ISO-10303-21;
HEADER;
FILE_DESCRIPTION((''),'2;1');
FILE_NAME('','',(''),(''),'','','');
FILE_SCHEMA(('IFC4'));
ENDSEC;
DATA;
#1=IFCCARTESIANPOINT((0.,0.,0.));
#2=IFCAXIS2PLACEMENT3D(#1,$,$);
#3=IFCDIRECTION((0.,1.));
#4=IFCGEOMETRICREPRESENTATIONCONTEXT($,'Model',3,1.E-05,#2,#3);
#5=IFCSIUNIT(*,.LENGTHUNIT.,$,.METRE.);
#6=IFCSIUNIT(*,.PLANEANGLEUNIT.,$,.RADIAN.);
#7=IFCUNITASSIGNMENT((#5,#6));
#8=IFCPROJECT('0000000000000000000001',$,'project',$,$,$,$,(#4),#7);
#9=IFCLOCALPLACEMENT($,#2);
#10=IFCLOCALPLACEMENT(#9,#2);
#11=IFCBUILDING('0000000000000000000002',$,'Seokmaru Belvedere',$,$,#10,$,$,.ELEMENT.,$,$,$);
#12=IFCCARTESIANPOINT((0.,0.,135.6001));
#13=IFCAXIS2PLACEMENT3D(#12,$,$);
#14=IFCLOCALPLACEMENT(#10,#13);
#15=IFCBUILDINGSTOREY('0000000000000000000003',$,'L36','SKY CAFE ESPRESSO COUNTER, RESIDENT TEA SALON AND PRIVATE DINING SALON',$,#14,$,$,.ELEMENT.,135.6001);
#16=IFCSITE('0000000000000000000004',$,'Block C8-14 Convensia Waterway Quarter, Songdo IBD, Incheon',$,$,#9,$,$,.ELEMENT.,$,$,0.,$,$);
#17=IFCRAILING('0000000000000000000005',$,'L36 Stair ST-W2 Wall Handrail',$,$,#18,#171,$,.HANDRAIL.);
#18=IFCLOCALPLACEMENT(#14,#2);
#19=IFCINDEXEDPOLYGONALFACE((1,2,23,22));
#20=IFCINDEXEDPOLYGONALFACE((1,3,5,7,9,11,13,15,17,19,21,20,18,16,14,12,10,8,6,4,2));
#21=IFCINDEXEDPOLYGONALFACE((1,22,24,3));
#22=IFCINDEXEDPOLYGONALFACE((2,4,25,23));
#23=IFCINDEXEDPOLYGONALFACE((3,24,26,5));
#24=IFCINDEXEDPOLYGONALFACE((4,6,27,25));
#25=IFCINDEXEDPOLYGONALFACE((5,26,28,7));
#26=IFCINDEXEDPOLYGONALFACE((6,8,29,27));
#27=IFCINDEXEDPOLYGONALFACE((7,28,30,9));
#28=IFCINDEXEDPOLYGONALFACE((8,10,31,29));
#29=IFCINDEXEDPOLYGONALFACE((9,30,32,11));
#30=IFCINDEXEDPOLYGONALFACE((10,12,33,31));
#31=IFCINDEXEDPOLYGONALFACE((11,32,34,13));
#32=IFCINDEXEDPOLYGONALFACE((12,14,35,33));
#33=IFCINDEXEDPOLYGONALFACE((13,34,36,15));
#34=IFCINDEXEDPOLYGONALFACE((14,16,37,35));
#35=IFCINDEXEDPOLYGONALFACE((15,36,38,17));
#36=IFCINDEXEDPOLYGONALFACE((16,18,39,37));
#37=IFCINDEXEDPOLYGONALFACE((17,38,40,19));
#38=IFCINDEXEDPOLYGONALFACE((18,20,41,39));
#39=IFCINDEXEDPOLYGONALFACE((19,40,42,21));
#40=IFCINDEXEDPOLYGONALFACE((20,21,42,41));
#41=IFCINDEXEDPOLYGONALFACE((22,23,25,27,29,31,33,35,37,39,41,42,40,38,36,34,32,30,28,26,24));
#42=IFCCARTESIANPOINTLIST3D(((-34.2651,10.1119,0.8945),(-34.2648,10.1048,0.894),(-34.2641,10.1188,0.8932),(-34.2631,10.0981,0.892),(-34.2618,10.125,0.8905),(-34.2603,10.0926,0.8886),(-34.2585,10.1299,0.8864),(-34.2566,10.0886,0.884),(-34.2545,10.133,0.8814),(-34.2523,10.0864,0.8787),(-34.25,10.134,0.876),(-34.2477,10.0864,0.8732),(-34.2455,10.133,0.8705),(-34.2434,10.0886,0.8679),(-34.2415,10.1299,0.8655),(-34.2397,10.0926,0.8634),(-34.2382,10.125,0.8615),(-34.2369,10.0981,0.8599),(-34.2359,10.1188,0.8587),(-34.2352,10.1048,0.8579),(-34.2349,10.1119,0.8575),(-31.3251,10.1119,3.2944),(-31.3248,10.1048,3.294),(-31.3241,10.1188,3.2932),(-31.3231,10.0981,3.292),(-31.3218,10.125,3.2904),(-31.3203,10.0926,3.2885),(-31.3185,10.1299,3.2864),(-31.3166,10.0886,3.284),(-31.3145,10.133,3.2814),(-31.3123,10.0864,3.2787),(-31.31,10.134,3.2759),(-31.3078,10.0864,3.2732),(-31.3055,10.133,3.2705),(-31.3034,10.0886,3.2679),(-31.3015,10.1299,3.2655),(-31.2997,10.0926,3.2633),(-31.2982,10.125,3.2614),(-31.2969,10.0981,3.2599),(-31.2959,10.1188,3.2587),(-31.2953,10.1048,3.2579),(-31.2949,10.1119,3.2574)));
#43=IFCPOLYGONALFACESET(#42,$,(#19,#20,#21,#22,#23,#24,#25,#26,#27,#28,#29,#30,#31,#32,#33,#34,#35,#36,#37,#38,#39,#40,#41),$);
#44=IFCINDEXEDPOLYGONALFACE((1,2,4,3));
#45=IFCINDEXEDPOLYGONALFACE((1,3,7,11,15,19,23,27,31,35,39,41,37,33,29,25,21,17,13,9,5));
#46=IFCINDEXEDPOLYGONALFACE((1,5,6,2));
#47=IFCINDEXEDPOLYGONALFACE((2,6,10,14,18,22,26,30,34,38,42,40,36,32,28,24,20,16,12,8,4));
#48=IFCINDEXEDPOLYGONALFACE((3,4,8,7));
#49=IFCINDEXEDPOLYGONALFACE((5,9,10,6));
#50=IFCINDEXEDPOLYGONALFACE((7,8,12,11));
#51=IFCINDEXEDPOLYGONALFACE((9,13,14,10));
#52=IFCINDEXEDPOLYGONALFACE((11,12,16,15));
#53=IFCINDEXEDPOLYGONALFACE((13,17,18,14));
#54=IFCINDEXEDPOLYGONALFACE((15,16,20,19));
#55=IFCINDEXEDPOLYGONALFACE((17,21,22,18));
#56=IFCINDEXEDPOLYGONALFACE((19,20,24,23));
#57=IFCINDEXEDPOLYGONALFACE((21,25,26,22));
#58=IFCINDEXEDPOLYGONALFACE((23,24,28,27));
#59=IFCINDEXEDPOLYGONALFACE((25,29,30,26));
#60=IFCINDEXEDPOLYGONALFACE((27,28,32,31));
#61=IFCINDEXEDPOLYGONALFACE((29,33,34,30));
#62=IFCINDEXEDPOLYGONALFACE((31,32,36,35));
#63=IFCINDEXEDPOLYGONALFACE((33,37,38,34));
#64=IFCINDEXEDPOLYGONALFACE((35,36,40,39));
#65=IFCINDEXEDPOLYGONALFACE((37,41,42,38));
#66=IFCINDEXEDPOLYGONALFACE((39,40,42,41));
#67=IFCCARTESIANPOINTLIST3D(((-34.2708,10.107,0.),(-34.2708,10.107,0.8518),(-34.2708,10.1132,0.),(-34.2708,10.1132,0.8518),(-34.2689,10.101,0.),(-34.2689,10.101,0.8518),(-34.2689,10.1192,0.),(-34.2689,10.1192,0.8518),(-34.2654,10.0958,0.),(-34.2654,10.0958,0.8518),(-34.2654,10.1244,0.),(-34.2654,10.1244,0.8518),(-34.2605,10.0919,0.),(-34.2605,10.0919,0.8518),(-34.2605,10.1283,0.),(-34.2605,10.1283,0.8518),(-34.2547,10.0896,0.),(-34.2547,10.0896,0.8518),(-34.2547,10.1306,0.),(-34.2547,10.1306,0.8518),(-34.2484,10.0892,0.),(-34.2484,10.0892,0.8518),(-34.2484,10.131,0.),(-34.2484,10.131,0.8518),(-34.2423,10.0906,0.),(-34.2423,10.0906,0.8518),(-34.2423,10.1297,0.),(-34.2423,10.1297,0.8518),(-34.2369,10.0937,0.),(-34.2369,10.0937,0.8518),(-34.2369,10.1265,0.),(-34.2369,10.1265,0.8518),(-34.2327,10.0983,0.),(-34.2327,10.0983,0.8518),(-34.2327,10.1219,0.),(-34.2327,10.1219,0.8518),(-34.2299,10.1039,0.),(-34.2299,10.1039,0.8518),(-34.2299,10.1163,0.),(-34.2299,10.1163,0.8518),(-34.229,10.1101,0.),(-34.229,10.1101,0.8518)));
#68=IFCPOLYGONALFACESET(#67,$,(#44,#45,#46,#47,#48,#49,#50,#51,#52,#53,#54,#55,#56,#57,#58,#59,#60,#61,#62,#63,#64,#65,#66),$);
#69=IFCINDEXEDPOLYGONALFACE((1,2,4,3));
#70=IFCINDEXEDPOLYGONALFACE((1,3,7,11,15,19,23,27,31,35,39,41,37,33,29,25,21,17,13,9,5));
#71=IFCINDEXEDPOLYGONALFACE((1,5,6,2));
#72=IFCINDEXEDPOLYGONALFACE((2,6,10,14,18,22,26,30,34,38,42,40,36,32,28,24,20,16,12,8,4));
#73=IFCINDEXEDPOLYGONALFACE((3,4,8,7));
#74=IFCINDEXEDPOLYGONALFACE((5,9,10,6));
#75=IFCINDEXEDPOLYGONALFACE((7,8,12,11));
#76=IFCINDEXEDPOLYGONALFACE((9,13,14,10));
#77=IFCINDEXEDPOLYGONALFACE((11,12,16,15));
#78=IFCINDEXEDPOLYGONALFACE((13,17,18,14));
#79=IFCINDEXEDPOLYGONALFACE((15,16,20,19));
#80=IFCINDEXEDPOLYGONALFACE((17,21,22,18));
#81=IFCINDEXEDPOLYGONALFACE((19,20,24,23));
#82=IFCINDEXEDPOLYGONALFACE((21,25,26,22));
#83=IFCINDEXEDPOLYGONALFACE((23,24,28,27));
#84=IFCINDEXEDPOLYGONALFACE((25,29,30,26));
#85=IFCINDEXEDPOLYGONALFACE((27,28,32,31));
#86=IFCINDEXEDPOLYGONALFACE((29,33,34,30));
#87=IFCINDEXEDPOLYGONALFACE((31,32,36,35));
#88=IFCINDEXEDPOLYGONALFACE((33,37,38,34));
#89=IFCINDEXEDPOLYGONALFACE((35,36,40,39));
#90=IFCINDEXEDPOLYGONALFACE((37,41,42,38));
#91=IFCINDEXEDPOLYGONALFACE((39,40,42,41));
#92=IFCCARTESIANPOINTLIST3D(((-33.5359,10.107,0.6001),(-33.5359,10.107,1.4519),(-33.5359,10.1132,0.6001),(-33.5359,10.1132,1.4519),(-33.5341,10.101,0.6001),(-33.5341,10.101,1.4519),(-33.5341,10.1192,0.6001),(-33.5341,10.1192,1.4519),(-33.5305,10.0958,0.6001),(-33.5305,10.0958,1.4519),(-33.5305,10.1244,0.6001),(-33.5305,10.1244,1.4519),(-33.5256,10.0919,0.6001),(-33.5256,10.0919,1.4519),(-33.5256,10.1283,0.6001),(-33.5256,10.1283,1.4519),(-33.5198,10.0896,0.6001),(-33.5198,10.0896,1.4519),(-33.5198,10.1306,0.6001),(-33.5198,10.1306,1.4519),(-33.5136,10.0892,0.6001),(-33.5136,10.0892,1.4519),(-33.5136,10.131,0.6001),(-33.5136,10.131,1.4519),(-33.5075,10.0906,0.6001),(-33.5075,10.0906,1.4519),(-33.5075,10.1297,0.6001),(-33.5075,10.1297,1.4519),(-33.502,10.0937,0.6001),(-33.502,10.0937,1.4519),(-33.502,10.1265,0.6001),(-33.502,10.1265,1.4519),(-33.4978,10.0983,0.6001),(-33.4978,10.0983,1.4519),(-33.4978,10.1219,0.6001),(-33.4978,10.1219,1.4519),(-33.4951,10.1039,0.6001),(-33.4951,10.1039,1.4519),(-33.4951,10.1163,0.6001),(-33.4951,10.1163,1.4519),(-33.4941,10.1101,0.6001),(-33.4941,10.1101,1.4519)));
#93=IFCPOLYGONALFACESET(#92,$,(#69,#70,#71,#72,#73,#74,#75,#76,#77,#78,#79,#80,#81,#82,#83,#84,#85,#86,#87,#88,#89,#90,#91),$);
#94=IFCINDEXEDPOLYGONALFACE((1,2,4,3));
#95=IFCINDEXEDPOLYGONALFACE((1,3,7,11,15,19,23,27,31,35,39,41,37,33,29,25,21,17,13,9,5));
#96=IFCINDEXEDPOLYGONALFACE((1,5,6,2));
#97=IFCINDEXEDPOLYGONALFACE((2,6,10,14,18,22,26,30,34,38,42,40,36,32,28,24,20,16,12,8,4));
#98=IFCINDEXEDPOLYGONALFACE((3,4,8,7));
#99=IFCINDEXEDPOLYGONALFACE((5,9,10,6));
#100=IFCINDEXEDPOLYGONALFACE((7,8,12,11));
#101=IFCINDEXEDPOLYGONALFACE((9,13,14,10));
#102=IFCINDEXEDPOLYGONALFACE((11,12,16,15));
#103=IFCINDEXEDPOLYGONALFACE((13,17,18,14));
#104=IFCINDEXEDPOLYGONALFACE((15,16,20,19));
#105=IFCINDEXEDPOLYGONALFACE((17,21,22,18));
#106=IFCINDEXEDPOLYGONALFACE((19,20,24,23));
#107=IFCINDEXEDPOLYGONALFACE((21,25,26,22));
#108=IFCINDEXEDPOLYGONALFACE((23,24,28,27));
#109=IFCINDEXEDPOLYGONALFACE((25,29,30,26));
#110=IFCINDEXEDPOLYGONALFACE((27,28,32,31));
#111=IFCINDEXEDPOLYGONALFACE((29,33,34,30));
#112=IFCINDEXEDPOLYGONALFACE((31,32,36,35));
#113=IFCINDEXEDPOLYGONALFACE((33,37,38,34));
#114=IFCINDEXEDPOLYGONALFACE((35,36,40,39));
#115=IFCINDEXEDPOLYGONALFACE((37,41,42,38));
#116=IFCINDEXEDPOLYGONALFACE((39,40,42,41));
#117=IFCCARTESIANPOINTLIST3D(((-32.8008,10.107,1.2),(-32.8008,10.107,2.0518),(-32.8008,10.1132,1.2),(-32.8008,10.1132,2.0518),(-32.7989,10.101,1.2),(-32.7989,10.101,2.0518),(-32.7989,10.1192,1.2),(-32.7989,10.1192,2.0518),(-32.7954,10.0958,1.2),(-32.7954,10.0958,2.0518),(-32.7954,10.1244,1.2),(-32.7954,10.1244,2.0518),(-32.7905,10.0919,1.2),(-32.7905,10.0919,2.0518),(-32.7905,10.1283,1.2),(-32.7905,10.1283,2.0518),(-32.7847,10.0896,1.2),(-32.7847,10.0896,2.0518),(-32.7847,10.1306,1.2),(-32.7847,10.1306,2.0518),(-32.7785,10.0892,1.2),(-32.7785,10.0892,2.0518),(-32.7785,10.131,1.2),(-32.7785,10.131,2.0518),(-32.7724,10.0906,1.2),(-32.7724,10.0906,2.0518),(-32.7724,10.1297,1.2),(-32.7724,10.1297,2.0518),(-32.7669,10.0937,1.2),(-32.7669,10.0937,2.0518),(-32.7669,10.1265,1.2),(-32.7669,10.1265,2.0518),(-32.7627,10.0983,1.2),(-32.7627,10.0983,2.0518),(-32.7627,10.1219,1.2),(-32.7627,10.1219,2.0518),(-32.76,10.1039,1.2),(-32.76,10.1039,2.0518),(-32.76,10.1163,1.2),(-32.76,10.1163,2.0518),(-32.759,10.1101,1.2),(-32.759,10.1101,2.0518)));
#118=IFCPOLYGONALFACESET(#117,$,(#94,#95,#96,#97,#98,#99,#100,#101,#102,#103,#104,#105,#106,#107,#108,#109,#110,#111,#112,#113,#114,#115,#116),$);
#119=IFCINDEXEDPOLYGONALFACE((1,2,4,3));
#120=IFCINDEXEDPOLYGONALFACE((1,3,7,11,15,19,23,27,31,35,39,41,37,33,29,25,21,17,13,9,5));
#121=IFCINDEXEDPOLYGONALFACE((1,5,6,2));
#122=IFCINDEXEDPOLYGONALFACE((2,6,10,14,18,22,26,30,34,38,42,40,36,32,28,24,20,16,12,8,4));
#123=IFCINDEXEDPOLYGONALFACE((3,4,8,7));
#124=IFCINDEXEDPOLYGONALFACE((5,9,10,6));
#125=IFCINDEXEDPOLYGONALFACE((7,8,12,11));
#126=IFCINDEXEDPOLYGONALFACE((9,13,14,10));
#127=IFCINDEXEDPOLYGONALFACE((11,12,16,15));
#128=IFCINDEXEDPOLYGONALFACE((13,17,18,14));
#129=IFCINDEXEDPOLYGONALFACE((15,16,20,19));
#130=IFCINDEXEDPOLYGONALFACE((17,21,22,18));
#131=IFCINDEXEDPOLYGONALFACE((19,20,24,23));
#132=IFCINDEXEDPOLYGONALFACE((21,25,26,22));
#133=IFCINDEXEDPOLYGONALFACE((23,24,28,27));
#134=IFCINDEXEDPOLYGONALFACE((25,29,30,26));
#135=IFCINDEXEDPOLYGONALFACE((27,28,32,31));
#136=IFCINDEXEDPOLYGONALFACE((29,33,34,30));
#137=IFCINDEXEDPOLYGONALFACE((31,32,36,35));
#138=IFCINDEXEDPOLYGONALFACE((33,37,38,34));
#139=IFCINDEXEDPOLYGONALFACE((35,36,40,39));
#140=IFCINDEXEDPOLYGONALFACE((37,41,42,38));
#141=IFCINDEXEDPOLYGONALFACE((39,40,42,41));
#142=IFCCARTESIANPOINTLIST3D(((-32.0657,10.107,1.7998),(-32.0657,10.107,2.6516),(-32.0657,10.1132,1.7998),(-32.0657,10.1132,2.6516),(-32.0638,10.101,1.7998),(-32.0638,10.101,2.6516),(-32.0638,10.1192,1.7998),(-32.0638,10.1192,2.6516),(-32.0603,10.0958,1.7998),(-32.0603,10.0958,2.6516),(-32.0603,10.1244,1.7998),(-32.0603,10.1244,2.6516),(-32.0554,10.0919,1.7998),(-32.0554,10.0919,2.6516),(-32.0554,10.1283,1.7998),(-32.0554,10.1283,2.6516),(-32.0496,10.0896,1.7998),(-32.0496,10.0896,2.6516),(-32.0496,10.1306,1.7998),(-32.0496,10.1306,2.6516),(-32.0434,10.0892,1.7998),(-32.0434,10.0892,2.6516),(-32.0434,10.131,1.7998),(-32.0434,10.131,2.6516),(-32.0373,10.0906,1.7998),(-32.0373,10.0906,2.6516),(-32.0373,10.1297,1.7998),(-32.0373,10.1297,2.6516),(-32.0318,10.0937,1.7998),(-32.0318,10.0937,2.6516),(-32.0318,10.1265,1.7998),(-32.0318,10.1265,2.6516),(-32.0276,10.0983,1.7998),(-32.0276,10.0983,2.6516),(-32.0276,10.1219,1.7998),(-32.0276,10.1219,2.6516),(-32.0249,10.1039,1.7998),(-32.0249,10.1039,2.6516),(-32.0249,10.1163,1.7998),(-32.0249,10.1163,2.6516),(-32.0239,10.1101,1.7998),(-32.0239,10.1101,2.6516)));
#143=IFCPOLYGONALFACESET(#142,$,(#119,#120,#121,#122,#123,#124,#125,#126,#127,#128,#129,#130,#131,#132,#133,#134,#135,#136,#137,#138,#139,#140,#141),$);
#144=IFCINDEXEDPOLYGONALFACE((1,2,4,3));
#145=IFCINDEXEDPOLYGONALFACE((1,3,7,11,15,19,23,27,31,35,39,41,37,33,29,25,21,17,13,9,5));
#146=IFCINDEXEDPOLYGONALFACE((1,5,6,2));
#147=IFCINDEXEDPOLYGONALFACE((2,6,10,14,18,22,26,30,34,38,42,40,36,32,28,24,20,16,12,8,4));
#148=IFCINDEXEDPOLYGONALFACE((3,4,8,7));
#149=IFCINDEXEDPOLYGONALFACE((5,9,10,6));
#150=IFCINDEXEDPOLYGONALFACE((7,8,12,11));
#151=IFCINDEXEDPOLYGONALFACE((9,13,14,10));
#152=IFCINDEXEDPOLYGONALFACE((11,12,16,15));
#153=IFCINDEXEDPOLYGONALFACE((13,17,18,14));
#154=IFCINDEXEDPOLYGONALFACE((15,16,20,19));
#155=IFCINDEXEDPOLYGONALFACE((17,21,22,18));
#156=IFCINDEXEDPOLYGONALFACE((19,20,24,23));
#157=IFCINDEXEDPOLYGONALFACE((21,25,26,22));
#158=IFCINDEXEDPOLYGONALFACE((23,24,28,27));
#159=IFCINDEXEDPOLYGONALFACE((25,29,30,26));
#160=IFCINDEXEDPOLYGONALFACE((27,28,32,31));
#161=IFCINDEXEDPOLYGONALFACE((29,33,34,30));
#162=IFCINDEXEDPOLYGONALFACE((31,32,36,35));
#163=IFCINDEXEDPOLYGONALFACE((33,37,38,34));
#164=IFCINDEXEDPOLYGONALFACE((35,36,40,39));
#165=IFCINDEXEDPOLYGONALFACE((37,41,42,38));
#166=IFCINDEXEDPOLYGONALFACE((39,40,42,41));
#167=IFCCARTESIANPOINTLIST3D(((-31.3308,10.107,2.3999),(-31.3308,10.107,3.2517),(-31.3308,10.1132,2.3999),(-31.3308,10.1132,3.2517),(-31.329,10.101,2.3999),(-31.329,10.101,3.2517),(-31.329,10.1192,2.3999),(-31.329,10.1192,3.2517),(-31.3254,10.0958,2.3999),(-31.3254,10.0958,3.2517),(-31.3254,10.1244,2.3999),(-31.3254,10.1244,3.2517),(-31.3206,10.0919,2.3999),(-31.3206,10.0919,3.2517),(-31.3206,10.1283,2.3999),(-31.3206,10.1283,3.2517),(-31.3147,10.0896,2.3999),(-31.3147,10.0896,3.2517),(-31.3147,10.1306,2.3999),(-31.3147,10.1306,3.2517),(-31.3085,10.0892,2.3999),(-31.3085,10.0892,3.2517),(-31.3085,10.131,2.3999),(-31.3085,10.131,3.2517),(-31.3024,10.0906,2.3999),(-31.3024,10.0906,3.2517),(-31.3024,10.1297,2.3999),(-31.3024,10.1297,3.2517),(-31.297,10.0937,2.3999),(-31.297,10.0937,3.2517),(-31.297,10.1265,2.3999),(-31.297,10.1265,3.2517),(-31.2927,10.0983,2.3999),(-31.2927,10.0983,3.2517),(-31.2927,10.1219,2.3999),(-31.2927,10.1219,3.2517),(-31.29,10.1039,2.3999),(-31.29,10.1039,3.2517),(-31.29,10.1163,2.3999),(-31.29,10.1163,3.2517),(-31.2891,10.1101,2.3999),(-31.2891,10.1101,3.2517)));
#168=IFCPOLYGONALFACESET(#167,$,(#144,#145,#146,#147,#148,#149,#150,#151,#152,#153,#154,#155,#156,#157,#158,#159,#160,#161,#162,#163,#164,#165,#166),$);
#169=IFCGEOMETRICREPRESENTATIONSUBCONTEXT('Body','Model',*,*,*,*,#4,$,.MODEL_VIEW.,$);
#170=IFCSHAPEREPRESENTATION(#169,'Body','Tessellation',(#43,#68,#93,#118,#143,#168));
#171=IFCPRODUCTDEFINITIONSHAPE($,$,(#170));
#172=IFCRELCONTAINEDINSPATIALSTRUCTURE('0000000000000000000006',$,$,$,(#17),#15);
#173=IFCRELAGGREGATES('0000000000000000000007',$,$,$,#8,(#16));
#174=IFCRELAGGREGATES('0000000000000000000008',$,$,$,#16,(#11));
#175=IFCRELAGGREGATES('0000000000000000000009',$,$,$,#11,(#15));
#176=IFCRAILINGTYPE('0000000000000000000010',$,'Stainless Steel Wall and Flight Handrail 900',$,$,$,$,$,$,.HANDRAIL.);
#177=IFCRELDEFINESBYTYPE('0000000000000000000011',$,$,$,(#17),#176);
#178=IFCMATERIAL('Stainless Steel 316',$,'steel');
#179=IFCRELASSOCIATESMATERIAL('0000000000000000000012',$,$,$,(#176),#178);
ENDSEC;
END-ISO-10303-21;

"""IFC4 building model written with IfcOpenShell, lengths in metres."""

from ifc_helpers import new_model, si_unit, direction, frame, origin, origin_2d, place, context, subcontext, project, spatial, circle, extrude, material, type_object, element, save


model = new_model("IFC4")

# Units and contexts
model_context = context("Model", 3, precision=1e-05, world=origin(), true_north=direction((0.0, 1.0)))
body_context = subcontext(model_context, "Body", "Model", "MODEL_VIEW")
ifc_project = project(units=[si_unit("LENGTHUNIT", "METRE"), si_unit("PLANEANGLEUNIT", "RADIAN")], contexts=[model_context])

# Site, building, storey
site_placement = place(None, origin())
site = spatial("IfcSite", under=ifc_project, at=site_placement, Name="Block C8-14 Convensia Waterway Quarter, Songdo IBD, Incheon", CompositionType="ELEMENT", RefElevation=0.0)
building_placement = place(site_placement, origin())
building = spatial("IfcBuilding", under=site, at=building_placement, Name="Seokmaru Belvedere", CompositionType="ELEMENT")
storey_placement = place(building_placement, frame((0.0, 0.0, 135.6001)))
storey = spatial("IfcBuildingStorey", under=building, at=storey_placement, Name="L36", Description="SKY CAFE ESPRESSO COUNTER, RESIDENT TEA SALON AND PRIVATE DINING SALON", CompositionType="ELEMENT", Elevation=135.6001)

# Railing
ifc_material_1 = material(Name="Stainless Steel 316", Category="steel")
railing_type_1 = type_object("IfcRailingType", Name="Stainless Steel Wall and Flight Handrail 900", PredefinedType="HANDRAIL", material=ifc_material_1)
railing_1_placement = place(storey_placement, frame((-34.25, 10.1101, 0.0)))
element("IfcRailing", 1, at=railing_1_placement, inside=storey, type_object=railing_type_1, Name="L36 Stair ST-W2 Wall Handrail", PredefinedType="HANDRAIL", context=body_context, shape_type="SweptSolid", body=[
    extrude(circle(Radius=0.0239, at=origin_2d()), frame((0.0, 0.0, 0.876), z_axis=(0.774668, 0.0, 0.632369), x_axis=(0.0, 1.0, 0.0)), (0.0, 0.0, 1.0), 3.7952),
    extrude(circle(Radius=0.021, at=origin_2d()), origin(), (0.0, 0.0, 1.0), 0.8518),
    extrude(circle(Radius=0.021, at=origin_2d()), frame((0.7349, 0.0, 0.6001)), (0.0, 0.0, 1.0), 0.8518),
    extrude(circle(Radius=0.021, at=origin_2d()), frame((1.47, 0.0, 1.2)), (0.0, 0.0, 1.0), 0.8518),
    extrude(circle(Radius=0.021, at=origin_2d()), frame((2.2051, 0.0, 1.7998)), (0.0, 0.0, 1.0), 0.8518),
    extrude(circle(Radius=0.021, at=origin_2d()), frame((2.9399, 0.0, 2.3999)), (0.0, 0.0, 1.0), 0.8518),
])

save(model, "model.ifc")
